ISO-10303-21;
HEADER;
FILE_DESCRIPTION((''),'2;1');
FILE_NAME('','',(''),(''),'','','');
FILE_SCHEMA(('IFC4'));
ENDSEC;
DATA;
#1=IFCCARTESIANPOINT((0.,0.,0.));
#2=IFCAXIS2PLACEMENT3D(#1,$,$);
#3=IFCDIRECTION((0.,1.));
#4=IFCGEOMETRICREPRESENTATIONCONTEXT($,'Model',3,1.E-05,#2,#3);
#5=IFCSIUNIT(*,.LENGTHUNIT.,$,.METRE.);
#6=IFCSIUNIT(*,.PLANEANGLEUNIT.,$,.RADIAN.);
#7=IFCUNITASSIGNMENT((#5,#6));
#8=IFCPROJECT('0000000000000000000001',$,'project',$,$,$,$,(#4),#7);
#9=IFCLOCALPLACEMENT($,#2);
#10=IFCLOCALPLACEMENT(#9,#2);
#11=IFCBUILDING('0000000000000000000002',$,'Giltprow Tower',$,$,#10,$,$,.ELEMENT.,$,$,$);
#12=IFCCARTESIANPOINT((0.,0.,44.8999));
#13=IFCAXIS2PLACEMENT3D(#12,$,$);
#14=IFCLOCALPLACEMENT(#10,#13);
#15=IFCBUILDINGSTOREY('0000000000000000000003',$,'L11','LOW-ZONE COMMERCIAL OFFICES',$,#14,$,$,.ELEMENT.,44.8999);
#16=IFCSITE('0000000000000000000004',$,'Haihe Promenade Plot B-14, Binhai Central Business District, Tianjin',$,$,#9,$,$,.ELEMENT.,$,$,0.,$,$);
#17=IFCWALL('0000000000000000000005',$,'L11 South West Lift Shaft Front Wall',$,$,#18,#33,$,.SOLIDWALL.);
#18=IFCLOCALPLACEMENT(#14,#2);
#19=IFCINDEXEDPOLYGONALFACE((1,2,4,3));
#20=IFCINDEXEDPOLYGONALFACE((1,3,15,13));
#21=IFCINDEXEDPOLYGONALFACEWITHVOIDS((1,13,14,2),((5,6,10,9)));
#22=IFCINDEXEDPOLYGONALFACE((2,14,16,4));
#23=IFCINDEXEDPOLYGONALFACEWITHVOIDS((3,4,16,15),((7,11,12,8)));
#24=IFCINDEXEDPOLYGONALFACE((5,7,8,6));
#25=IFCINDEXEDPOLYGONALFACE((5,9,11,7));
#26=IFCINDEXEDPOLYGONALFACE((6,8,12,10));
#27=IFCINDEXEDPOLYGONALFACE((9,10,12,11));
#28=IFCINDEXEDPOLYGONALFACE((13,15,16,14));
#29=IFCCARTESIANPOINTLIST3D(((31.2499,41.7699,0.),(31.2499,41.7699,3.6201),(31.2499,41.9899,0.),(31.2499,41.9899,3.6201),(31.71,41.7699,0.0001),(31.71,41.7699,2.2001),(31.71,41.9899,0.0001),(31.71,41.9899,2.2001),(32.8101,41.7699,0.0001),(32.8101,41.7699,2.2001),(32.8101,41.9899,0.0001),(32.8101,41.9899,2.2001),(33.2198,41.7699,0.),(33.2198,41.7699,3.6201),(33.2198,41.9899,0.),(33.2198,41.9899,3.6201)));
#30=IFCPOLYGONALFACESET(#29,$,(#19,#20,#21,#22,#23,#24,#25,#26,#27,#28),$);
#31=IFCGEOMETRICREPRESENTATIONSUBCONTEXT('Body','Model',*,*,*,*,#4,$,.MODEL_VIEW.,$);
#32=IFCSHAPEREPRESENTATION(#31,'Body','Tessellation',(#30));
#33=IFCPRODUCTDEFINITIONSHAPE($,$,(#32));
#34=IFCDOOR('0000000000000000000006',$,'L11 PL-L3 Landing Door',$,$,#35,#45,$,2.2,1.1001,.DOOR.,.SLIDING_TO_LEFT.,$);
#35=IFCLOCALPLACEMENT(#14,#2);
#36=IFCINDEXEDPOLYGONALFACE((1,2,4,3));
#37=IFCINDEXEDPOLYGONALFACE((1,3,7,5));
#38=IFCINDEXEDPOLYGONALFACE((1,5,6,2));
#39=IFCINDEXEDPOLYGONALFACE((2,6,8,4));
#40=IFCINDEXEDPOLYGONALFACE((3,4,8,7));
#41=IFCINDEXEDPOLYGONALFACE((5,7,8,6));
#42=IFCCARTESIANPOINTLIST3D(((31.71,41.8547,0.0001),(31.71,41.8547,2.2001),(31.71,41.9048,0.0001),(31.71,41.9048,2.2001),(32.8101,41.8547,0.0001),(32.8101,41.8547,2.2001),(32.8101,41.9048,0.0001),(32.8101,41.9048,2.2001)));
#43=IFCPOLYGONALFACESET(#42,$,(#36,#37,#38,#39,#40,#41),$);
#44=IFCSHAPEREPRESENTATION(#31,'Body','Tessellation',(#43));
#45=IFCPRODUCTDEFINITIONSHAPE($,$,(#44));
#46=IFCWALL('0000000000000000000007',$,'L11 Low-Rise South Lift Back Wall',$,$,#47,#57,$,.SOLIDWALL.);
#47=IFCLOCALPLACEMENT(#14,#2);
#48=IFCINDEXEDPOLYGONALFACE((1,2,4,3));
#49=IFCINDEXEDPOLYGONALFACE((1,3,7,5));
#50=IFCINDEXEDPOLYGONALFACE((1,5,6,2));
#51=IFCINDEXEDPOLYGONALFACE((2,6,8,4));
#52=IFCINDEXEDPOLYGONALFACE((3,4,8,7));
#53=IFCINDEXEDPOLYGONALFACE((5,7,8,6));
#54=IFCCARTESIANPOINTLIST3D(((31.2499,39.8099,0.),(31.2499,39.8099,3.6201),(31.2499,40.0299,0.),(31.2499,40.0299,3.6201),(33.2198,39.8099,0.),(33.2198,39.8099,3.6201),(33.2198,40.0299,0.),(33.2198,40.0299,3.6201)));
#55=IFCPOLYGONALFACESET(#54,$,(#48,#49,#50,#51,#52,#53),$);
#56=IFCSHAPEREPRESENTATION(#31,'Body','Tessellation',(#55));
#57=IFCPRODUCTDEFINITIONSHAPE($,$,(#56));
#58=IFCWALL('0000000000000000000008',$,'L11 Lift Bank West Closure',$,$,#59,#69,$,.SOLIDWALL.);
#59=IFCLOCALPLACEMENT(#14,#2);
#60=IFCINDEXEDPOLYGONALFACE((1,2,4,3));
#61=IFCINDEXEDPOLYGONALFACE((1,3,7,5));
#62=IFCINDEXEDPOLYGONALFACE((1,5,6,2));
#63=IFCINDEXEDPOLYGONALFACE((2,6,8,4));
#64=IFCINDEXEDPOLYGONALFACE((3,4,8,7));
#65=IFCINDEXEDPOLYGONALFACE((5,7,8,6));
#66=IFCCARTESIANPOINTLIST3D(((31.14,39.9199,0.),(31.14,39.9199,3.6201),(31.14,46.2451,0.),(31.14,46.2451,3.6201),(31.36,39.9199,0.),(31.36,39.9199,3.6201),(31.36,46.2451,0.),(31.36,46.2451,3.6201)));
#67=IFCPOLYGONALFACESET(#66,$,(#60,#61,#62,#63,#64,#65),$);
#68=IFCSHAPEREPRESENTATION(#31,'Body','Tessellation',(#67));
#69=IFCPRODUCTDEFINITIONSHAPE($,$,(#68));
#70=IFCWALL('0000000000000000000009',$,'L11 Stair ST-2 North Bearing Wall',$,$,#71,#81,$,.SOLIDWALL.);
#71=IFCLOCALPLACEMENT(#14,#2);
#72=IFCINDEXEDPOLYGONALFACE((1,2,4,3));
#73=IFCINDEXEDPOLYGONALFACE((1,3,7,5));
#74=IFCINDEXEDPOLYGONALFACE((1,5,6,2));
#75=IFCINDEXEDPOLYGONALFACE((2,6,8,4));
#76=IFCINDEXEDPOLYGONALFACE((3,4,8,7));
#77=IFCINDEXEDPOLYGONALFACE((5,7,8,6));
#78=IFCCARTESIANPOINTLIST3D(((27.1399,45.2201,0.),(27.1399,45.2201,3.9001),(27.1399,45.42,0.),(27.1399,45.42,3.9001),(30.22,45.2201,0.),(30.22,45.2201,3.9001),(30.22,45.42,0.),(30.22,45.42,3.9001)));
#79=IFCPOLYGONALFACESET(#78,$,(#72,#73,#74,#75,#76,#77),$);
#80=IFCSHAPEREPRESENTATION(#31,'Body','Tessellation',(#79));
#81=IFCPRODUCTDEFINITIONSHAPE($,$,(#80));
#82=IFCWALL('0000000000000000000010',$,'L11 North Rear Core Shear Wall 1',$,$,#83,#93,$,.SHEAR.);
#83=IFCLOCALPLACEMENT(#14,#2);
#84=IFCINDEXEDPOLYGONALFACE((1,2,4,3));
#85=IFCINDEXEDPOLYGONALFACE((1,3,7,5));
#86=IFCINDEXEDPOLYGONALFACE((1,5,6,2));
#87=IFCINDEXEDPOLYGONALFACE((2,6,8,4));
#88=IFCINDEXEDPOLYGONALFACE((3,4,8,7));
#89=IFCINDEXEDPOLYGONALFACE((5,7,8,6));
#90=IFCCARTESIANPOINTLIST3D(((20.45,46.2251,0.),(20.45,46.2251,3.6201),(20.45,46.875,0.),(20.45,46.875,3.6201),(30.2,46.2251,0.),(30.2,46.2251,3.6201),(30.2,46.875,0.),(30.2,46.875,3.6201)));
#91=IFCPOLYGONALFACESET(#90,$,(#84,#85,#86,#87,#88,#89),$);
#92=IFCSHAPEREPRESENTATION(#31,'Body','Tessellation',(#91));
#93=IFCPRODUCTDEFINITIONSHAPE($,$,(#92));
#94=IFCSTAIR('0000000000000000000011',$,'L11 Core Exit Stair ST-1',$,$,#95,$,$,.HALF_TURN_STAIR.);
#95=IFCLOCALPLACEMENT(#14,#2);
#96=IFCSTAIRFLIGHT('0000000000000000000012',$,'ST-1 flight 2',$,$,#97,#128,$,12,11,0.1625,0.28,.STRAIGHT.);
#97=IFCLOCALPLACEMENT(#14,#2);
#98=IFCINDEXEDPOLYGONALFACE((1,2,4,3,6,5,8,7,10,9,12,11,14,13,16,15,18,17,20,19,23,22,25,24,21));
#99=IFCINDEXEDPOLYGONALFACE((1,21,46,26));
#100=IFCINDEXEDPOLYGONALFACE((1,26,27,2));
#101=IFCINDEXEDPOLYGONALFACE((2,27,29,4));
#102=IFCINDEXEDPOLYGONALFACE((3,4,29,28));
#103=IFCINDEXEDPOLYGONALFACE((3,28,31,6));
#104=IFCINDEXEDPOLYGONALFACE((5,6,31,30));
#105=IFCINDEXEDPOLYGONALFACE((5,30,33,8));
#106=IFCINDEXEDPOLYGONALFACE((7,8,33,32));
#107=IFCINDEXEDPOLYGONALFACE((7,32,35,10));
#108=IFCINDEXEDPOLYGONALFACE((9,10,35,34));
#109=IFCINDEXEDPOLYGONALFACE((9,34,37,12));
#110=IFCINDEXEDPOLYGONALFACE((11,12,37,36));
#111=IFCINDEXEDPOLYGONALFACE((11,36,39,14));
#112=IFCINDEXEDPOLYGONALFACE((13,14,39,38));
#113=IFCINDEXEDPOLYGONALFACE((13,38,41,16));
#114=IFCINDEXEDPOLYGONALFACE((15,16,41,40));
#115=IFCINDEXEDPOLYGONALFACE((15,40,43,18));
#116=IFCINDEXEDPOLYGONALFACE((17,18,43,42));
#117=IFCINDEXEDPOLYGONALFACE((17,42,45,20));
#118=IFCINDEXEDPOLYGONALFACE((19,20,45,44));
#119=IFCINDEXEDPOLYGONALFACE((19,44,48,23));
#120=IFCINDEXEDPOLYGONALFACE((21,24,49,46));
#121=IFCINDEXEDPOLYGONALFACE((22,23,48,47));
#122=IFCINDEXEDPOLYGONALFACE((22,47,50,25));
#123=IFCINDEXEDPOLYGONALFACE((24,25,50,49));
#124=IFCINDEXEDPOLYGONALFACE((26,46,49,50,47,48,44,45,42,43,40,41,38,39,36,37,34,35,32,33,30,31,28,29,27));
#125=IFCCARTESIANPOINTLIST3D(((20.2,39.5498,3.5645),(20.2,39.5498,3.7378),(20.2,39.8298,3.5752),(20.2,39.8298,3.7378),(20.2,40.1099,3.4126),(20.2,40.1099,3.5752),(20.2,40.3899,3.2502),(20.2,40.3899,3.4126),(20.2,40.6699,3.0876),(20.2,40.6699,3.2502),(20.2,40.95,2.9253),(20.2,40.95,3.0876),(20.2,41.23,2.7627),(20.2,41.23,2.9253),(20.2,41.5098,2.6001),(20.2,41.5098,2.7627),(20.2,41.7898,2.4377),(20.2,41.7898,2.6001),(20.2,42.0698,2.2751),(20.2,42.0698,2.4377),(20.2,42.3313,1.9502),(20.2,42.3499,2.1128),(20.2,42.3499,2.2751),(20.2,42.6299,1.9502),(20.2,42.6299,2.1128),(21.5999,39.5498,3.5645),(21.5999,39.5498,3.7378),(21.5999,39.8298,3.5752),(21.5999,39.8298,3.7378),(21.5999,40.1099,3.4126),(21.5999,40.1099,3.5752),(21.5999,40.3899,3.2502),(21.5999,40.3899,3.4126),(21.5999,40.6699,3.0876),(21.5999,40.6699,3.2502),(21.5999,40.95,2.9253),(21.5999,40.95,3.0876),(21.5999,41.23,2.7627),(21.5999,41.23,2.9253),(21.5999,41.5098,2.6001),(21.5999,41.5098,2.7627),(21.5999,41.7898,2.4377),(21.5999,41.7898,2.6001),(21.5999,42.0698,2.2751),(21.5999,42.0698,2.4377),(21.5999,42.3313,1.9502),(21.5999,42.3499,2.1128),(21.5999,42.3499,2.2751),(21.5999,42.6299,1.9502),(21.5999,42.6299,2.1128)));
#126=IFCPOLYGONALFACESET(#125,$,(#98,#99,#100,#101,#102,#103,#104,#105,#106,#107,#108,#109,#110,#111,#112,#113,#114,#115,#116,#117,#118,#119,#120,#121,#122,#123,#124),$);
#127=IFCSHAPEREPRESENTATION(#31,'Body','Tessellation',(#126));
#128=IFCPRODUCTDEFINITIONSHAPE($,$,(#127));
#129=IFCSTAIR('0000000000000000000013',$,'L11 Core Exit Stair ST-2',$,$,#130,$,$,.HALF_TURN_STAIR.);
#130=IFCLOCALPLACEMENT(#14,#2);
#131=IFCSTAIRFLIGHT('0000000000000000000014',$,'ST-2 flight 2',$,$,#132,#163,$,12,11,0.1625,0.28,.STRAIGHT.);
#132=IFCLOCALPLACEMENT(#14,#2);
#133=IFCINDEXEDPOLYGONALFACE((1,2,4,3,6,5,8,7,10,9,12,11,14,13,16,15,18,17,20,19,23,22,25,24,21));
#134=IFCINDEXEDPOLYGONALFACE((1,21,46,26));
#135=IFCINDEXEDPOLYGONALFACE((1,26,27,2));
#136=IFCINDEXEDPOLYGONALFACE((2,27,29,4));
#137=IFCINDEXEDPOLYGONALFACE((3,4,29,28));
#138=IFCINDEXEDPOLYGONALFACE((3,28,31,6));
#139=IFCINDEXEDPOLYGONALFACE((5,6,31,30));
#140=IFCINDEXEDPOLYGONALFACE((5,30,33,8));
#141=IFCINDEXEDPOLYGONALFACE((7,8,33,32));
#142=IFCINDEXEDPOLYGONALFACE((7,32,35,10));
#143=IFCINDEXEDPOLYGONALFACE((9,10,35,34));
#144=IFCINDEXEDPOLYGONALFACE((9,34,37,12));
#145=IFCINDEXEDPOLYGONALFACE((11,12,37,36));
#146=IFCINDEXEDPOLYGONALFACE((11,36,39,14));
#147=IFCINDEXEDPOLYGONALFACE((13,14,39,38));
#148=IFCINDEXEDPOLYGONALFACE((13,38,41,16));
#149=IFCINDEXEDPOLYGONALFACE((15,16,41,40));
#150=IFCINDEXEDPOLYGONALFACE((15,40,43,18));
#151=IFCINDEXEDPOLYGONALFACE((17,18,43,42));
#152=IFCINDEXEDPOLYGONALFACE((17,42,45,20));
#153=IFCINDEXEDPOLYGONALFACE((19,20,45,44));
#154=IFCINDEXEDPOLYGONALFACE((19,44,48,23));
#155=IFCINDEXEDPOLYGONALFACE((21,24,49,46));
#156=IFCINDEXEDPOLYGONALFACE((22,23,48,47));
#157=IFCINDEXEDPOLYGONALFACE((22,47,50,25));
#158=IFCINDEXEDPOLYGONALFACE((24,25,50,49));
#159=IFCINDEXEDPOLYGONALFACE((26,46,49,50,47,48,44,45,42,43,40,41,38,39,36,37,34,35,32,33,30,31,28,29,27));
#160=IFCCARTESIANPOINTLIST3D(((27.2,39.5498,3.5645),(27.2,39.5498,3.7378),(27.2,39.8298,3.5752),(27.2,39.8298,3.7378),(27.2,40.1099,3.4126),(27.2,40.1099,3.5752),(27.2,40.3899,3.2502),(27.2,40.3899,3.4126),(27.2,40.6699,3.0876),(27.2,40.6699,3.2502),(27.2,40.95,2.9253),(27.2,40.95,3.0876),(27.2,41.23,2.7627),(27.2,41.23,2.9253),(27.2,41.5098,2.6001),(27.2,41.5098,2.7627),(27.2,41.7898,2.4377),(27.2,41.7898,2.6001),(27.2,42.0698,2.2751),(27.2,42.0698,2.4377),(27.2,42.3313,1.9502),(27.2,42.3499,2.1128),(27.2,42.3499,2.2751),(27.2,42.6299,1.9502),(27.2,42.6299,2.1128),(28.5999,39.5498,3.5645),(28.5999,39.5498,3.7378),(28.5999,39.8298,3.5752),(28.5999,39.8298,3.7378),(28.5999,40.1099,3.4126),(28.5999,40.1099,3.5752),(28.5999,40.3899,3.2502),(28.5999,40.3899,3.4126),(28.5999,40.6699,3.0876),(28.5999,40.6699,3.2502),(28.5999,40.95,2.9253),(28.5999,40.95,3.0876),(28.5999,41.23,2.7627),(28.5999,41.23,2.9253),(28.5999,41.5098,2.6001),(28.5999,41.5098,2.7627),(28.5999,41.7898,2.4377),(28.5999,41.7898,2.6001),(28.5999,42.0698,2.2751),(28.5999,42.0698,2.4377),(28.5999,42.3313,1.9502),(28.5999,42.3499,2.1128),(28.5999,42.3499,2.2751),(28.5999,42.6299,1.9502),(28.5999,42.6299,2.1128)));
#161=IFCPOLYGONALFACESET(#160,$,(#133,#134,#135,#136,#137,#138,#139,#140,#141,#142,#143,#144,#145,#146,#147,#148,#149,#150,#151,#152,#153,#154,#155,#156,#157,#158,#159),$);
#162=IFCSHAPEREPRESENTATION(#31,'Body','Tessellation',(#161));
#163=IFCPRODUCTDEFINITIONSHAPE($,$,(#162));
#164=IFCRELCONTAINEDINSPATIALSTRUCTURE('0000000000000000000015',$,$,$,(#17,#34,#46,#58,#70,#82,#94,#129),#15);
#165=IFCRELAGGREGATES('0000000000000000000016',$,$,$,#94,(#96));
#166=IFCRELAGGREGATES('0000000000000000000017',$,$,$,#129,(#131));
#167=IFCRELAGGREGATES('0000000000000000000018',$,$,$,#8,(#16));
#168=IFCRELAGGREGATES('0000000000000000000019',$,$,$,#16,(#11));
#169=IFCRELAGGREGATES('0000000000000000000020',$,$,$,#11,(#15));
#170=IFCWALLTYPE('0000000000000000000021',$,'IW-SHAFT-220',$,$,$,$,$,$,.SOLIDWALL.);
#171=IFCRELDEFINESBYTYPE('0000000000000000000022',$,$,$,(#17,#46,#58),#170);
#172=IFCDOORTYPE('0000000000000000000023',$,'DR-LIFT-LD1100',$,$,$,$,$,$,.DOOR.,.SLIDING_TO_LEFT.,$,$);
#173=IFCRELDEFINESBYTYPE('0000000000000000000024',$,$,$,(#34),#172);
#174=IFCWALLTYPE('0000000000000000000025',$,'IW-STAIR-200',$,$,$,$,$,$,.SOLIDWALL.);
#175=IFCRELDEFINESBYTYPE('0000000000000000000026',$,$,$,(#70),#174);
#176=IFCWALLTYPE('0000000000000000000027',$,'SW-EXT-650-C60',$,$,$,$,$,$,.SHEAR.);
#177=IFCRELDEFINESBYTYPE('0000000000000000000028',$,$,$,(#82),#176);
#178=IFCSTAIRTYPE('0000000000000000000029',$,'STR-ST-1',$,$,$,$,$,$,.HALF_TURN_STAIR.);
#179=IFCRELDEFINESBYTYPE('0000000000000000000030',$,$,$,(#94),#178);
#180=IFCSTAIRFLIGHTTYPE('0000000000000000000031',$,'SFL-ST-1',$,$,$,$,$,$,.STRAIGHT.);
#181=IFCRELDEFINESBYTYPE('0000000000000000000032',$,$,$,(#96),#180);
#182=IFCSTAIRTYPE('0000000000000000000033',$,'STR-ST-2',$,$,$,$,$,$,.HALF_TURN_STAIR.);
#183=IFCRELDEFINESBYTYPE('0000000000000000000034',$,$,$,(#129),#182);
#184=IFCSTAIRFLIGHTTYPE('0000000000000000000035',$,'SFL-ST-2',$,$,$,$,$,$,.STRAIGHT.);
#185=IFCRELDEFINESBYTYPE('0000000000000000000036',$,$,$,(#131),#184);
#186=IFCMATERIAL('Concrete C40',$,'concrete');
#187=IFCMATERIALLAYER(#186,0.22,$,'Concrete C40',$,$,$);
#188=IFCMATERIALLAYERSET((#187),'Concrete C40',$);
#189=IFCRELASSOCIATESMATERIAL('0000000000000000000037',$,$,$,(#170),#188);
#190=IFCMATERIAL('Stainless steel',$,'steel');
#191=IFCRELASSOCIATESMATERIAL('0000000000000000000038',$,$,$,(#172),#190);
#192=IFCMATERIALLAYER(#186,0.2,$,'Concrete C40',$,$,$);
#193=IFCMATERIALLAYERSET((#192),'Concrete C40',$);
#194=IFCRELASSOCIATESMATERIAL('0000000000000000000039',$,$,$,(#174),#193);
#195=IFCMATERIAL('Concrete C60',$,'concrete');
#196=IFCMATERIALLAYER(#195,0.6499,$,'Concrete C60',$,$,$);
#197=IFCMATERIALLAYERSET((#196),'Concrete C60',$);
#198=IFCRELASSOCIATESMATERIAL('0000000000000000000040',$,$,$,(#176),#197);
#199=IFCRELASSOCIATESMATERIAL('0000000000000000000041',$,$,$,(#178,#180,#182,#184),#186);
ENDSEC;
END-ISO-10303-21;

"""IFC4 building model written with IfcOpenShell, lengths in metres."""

from ifc_helpers import new_model, si_unit, direction, frame, frame_2d, origin, place, context, subcontext, project, spatial, polyline, rectangle, outline, extrude, source, transform, mapped, material, layer, layer_set, type_object, element, fill, aggregate, save


model = new_model("IFC4")

# Units and contexts
model_context = context("Model", 3, precision=1e-05, world=origin(), true_north=direction((0.0, 1.0)))
body_context = subcontext(model_context, "Body", "Model", "MODEL_VIEW")
ifc_project = project(units=[si_unit("LENGTHUNIT", "METRE"), si_unit("PLANEANGLEUNIT", "RADIAN")], contexts=[model_context])

# Site, building, storey
site_placement = place(None, origin())
site = spatial("IfcSite", under=ifc_project, at=site_placement, Name="Haihe Promenade Plot B-14, Binhai Central Business District, Tianjin", CompositionType="ELEMENT", RefElevation=0.0)
building_placement = place(site_placement, origin())
building = spatial("IfcBuilding", under=site, at=building_placement, Name="Giltprow Tower", CompositionType="ELEMENT")
storey_placement = place(building_placement, frame((0.0, 0.0, 44.8999)))
storey = spatial("IfcBuildingStorey", under=building, at=storey_placement, Name="L11", Description="LOW-ZONE COMMERCIAL OFFICES", CompositionType="ELEMENT", Elevation=44.8999)

# Shared definitions
ifc_material_1 = material(Name="Concrete C60", Category="concrete")

# Shared definitions
ifc_material_2 = material(Name="Concrete C40", Category="concrete")
ifc_layer_1 = layer(ifc_material_2, 0.22, Name="Concrete C40")
ifc_layer_set_1 = layer_set([ifc_layer_1], Name="Concrete C40")
wall_type_1 = type_object("IfcWallType", Name="IW-SHAFT-220", PredefinedType="SOLIDWALL", material=ifc_layer_set_1)
ifc_material_3 = material(Name="Stainless steel", Category="steel")
door_type = type_object("IfcDoorType", Name="DR-LIFT-LD1100", OperationType="SLIDING_TO_LEFT", PredefinedType="DOOR", material=ifc_material_3)
shared_shape_1 = source(origin(), body_context, "Body", "SweptSolid", [
    extrude(rectangle(XDim=1.1001, YDim=2.2, at=frame_2d((0.55, 1.1001))), frame((0.0, 0.0249, 0.0), z_axis=(0.0, -1.0, 0.0), x_axis=(1.0, 0.0, 0.0)), (0.0, 0.0, 1.0), 0.05),
])

# Wall, opening, door
wall_1_placement = place(storey_placement, frame((31.25, 41.8799, 0.0), z_axis=(0.0, 0.0, 1.0), x_axis=(1.0, 0.0, 0.0)))
wall_1 = element("IfcWall", 1, at=wall_1_placement, inside=storey, type_object=wall_type_1, Name="L11 South West Lift Shaft Front Wall", PredefinedType="SOLIDWALL", context=body_context, shape_type="SweptSolid", body=[
    extrude(rectangle(XDim=1.97, YDim=0.22, at=frame_2d((0.9849, 0.0))), origin(), (0.0, 0.0, 1.0), 3.6201),
])
opening_1_placement = place(wall_1_placement, frame((0.46, 0.0, 0.0)))
opening_1 = element("IfcOpeningElement", 2, at=opening_1_placement, cuts=wall_1, PredefinedType="OPENING", context=body_context, shape_type="SweptSolid", body=[
    extrude(rectangle(XDim=1.1001, YDim=2.2, at=frame_2d((0.55, 1.1001))), frame((0.0, 0.1199, 0.0), z_axis=(0.0, -1.0, 0.0), x_axis=(1.0, 0.0, 0.0)), (0.0, 0.0, 1.0), 0.24),
])
door_1_placement = place(opening_1_placement, origin())
door_1 = element("IfcDoor", 3, at=door_1_placement, inside=storey, type_object=door_type, Name="L11 PL-L3 Landing Door", OperationType="SLIDING_TO_LEFT", OverallHeight=2.2, OverallWidth=1.1001, PredefinedType="DOOR", context=body_context, shape_type="MappedRepresentation", body=[
    mapped(shared_shape_1, transform((0.0, 0.0, 0.0), x_axis=(1.0, 0.0, 0.0), y_axis=(0.0, 1.0, 0.0), z_axis=(0.0, 0.0, 1.0), scale=1.0)),
])
fill(opening_1, door_1)

# Walls
wall_2_placement = place(storey_placement, frame((31.25, 39.9199, 0.0), z_axis=(0.0, 0.0, 1.0), x_axis=(1.0, 0.0, 0.0)))
element("IfcWall", 4, at=wall_2_placement, inside=storey, type_object=wall_type_1, Name="L11 Low-Rise South Lift Back Wall", PredefinedType="SOLIDWALL", context=body_context, shape_type="SweptSolid", body=[
    extrude(rectangle(XDim=1.97, YDim=0.22, at=frame_2d((0.9849, 0.0))), origin(), (0.0, 0.0, 1.0), 3.6201),
])
wall_3_placement = place(storey_placement, frame((31.25, 39.9199, 0.0), z_axis=(0.0, 0.0, 1.0), x_axis=(0.0, 1.0, 0.0)))
element("IfcWall", 5, at=wall_3_placement, inside=storey, type_object=wall_type_1, Name="L11 Lift Bank West Closure", PredefinedType="SOLIDWALL", context=body_context, shape_type="SweptSolid", body=[
    extrude(rectangle(XDim=6.3252, YDim=0.22, at=frame_2d((3.1626, 0.0))), origin(), (0.0, 0.0, 1.0), 3.6201),
])
ifc_layer_2 = layer(ifc_material_2, 0.2, Name="Concrete C40")
ifc_layer_set_2 = layer_set([ifc_layer_2], Name="Concrete C40")
wall_type_2 = type_object("IfcWallType", Name="IW-STAIR-200", PredefinedType="SOLIDWALL", material=ifc_layer_set_2)
wall_4_placement = place(storey_placement, frame((27.1399, 45.3201, 0.0), z_axis=(0.0, 0.0, 1.0), x_axis=(1.0, 0.0, 0.0)))
element("IfcWall", 6, at=wall_4_placement, inside=storey, type_object=wall_type_2, Name="L11 Stair ST-2 North Bearing Wall", PredefinedType="SOLIDWALL", context=body_context, shape_type="SweptSolid", body=[
    extrude(rectangle(XDim=3.0801, YDim=0.2, at=frame_2d((1.54, 0.0))), origin(), (0.0, 0.0, 1.0), 3.9001),
])
ifc_layer_3 = layer(ifc_material_1, 0.6499, Name="Concrete C60")
ifc_layer_set_3 = layer_set([ifc_layer_3], Name="Concrete C60")
wall_type_3 = type_object("IfcWallType", Name="SW-EXT-650-C60", PredefinedType="SHEAR", material=ifc_layer_set_3)
wall_5_placement = place(storey_placement, frame((20.45, 46.55, 0.0), z_axis=(0.0, 0.0, 1.0), x_axis=(1.0, 0.0, 0.0)))
element("IfcWall", 7, at=wall_5_placement, inside=storey, type_object=wall_type_3, Name="L11 North Rear Core Shear Wall 1", PredefinedType="SHEAR", context=body_context, shape_type="SweptSolid", body=[
    extrude(rectangle(XDim=9.75, YDim=0.6499, at=frame_2d((4.875, 0.0))), origin(), (0.0, 0.0, 1.0), 3.6201),
])

# Stairs, stair flights
stair_type_1 = type_object("IfcStairType", Name="STR-ST-1", PredefinedType="HALF_TURN_STAIR", material=ifc_material_2)
stair_1_placement = place(storey_placement, origin())
stair_1 = element("IfcStair", 8, at=stair_1_placement, inside=storey, type_object=stair_type_1, Name="L11 Core Exit Stair ST-1", PredefinedType="HALF_TURN_STAIR")
stair_flight_type_1 = type_object("IfcStairFlightType", Name="SFL-ST-1", PredefinedType="STRAIGHT", material=ifc_material_2)
stair_flight_1_placement = place(storey_placement, frame((20.8999, 42.6299, 1.9502), z_axis=(0.0, 0.0, 1.0), x_axis=(0.0, -1.0, 0.0)))
stair_flight_1 = element("IfcStairFlight", 9, at=stair_flight_1_placement, type_object=stair_flight_type_1, Name="ST-1 flight 2", NumberOfRisers=12, NumberOfTreads=11, PredefinedType="STRAIGHT", RiserHeight=0.1625, TreadLength=0.28, context=body_context, shape_type="SweptSolid", body=[
    extrude(outline(polyline([(0.0, 0.0), (0.0, 0.1626), (0.28, 0.1626), (0.28, 0.325), (0.5601, 0.325), (0.5601, 0.4875), (0.8401, 0.4875), (0.8401, 0.6499), (1.1201, 0.6499), (1.1201, 0.8125), (1.3999, 0.8125), (1.3999, 0.9751), (1.6799, 0.9751), (1.6799, 1.1375), (1.96, 1.1375), (1.96, 1.3), (2.24, 1.3), (2.24, 1.4624), (2.52, 1.4624), (2.52, 1.625), (2.8, 1.625), (2.8, 1.7876), (3.0801, 1.7876), (3.0801, 1.95), (3.0801, 1.6143), (0.2986, 0.0), (0.0, 0.0)])), frame((0.0, 0.7, 0.0), z_axis=(0.0, -1.0, 0.0), x_axis=(1.0, 0.0, 0.0)), (0.0, 0.0, 1.0), 1.3999),
])
aggregate(stair_1, [stair_flight_1])
stair_type_2 = type_object("IfcStairType", Name="STR-ST-2", PredefinedType="HALF_TURN_STAIR", material=ifc_material_2)
stair_2_placement = place(storey_placement, origin())
stair_2 = element("IfcStair", 10, at=stair_2_placement, inside=storey, type_object=stair_type_2, Name="L11 Core Exit Stair ST-2", PredefinedType="HALF_TURN_STAIR")
stair_flight_type_2 = type_object("IfcStairFlightType", Name="SFL-ST-2", PredefinedType="STRAIGHT", material=ifc_material_2)
stair_flight_2_placement = place(storey_placement, frame((27.8999, 42.6299, 1.9502), z_axis=(0.0, 0.0, 1.0), x_axis=(0.0, -1.0, 0.0)))
stair_flight_2 = element("IfcStairFlight", 11, at=stair_flight_2_placement, type_object=stair_flight_type_2, Name="ST-2 flight 2", NumberOfRisers=12, NumberOfTreads=11, PredefinedType="STRAIGHT", RiserHeight=0.1625, TreadLength=0.28, context=body_context, shape_type="SweptSolid", body=[
    extrude(outline(polyline([(0.0, 0.0), (0.0, 0.1626), (0.28, 0.1626), (0.28, 0.325), (0.5601, 0.325), (0.5601, 0.4875), (0.8401, 0.4875), (0.8401, 0.6499), (1.1201, 0.6499), (1.1201, 0.8125), (1.3999, 0.8125), (1.3999, 0.9751), (1.6799, 0.9751), (1.6799, 1.1375), (1.96, 1.1375), (1.96, 1.3), (2.24, 1.3), (2.24, 1.4624), (2.52, 1.4624), (2.52, 1.625), (2.8, 1.625), (2.8, 1.7876), (3.0801, 1.7876), (3.0801, 1.95), (3.0801, 1.6143), (0.2986, 0.0), (0.0, 0.0)])), frame((0.0, 0.7, 0.0), z_axis=(0.0, -1.0, 0.0), x_axis=(1.0, 0.0, 0.0)), (0.0, 0.0, 1.0), 1.3999),
])
aggregate(stair_2, [stair_flight_2])

save(model, "model.ifc")
